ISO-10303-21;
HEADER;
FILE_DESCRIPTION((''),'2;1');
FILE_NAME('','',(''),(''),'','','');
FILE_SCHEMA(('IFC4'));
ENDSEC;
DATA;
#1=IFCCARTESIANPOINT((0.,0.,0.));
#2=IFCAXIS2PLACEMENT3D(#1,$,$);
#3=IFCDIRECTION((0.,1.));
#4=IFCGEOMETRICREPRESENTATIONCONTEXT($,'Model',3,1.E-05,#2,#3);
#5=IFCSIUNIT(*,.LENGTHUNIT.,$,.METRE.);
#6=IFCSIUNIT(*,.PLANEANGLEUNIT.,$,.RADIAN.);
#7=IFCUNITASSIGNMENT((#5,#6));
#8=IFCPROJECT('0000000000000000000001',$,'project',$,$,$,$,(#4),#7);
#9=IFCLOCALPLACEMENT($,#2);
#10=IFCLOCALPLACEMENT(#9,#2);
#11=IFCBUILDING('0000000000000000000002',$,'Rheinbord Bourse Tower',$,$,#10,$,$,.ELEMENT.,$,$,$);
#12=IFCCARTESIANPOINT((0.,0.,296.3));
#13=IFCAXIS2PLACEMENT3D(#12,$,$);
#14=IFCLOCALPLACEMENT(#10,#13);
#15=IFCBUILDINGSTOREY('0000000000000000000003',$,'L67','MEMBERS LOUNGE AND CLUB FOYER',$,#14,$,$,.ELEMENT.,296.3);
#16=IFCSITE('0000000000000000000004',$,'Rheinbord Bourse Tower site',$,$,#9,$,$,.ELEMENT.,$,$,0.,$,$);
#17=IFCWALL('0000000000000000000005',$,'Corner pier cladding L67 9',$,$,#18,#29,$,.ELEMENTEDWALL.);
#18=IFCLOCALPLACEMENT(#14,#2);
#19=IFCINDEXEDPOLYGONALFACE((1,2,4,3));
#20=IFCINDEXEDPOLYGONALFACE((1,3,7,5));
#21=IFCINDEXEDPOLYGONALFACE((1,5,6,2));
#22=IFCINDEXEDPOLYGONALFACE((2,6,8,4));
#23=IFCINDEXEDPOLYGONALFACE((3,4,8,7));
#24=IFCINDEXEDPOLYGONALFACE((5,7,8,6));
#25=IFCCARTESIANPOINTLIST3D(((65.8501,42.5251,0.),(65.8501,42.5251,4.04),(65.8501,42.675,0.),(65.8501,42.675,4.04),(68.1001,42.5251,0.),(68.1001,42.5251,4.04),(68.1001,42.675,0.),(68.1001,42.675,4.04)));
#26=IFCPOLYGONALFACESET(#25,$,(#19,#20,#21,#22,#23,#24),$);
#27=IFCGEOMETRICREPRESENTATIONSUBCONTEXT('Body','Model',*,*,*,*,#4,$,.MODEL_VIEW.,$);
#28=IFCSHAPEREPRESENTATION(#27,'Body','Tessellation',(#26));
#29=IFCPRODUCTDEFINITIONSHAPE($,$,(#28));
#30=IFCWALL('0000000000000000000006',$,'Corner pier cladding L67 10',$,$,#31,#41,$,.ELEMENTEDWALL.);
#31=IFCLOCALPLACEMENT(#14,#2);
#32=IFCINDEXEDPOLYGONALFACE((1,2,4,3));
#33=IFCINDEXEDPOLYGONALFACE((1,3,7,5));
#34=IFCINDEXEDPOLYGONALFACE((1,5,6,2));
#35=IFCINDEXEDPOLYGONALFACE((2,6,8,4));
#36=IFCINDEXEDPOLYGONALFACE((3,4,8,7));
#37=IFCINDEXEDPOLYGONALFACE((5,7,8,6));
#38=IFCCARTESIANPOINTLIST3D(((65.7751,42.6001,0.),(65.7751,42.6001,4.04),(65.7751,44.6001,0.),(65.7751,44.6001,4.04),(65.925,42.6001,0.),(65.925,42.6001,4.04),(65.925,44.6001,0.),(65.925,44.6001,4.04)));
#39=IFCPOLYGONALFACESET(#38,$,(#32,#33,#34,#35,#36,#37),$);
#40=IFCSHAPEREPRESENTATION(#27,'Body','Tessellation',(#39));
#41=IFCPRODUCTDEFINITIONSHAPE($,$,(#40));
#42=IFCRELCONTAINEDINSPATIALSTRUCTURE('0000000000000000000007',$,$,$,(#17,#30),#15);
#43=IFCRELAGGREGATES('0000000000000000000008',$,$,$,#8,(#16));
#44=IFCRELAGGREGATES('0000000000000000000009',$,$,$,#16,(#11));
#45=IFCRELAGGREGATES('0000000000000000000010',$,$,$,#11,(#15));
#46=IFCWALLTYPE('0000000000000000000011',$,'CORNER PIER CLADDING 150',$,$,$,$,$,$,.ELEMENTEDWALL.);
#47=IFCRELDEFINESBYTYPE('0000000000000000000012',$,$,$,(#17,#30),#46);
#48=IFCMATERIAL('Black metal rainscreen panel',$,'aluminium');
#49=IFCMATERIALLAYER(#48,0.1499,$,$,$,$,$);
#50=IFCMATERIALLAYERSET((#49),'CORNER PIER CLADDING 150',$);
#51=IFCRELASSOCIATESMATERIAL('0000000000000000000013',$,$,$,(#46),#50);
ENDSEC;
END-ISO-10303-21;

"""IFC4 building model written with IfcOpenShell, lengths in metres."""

from ifc_helpers import new_model, si_unit, direction, frame, frame_2d, origin, place, context, subcontext, project, spatial, rectangle, extrude, material, layer, layer_set, type_object, element, save


model = new_model("IFC4")

# Units and contexts
model_context = context("Model", 3, precision=1e-05, world=origin(), true_north=direction((0.0, 1.0)))
body_context = subcontext(model_context, "Body", "Model", "MODEL_VIEW")
ifc_project = project(units=[si_unit("LENGTHUNIT", "METRE"), si_unit("PLANEANGLEUNIT", "RADIAN")], contexts=[model_context])

# Site, building, storey
site_placement = place(None, origin())
site = spatial("IfcSite", under=ifc_project, at=site_placement, Name="Rheinbord Bourse Tower site", CompositionType="ELEMENT", RefElevation=0.0)
building_placement = place(site_placement, origin())
building = spatial("IfcBuilding", under=site, at=building_placement, Name="Rheinbord Bourse Tower", CompositionType="ELEMENT")
storey_placement = place(building_placement, frame((0.0, 0.0, 296.3)))
storey = spatial("IfcBuildingStorey", under=building, at=storey_placement, Name="L67", Description="MEMBERS LOUNGE AND CLUB FOYER", CompositionType="ELEMENT", Elevation=296.3)

# Walls
ifc_material_1 = material(Name="Black metal rainscreen panel", Category="aluminium")
ifc_layer_1 = layer(ifc_material_1, 0.1499)
ifc_layer_set_1 = layer_set([ifc_layer_1], Name="CORNER PIER CLADDING 150")
wall_type = type_object("IfcWallType", Name="CORNER PIER CLADDING 150", PredefinedType="ELEMENTEDWALL", material=ifc_layer_set_1)
wall_1_placement = place(storey_placement, frame((68.1001, 42.6001, 0.0), z_axis=(0.0, 0.0, 1.0), x_axis=(-1.0, 0.0, 0.0)))
element("IfcWall", 1, at=wall_1_placement, inside=storey, type_object=wall_type, Name="Corner pier cladding L67 9", PredefinedType="ELEMENTEDWALL", context=body_context, shape_type="SweptSolid", body=[
    extrude(rectangle(XDim=2.25, YDim=0.1499, at=frame_2d((1.125, 0.0))), origin(), (0.0, 0.0, 1.0), 4.04),
])
wall_2_placement = place(storey_placement, frame((65.8501, 42.6001, 0.0), z_axis=(0.0, 0.0, 1.0), x_axis=(0.0, 1.0, 0.0)))
element("IfcWall", 2, at=wall_2_placement, inside=storey, type_object=wall_type, Name="Corner pier cladding L67 10", PredefinedType="ELEMENTEDWALL", context=body_context, shape_type="SweptSolid", body=[
    extrude(rectangle(XDim=2.0, YDim=0.1499, at=frame_2d((1.0, 0.0))), origin(), (0.0, 0.0, 1.0), 4.04),
])

save(model, "model.ifc")
